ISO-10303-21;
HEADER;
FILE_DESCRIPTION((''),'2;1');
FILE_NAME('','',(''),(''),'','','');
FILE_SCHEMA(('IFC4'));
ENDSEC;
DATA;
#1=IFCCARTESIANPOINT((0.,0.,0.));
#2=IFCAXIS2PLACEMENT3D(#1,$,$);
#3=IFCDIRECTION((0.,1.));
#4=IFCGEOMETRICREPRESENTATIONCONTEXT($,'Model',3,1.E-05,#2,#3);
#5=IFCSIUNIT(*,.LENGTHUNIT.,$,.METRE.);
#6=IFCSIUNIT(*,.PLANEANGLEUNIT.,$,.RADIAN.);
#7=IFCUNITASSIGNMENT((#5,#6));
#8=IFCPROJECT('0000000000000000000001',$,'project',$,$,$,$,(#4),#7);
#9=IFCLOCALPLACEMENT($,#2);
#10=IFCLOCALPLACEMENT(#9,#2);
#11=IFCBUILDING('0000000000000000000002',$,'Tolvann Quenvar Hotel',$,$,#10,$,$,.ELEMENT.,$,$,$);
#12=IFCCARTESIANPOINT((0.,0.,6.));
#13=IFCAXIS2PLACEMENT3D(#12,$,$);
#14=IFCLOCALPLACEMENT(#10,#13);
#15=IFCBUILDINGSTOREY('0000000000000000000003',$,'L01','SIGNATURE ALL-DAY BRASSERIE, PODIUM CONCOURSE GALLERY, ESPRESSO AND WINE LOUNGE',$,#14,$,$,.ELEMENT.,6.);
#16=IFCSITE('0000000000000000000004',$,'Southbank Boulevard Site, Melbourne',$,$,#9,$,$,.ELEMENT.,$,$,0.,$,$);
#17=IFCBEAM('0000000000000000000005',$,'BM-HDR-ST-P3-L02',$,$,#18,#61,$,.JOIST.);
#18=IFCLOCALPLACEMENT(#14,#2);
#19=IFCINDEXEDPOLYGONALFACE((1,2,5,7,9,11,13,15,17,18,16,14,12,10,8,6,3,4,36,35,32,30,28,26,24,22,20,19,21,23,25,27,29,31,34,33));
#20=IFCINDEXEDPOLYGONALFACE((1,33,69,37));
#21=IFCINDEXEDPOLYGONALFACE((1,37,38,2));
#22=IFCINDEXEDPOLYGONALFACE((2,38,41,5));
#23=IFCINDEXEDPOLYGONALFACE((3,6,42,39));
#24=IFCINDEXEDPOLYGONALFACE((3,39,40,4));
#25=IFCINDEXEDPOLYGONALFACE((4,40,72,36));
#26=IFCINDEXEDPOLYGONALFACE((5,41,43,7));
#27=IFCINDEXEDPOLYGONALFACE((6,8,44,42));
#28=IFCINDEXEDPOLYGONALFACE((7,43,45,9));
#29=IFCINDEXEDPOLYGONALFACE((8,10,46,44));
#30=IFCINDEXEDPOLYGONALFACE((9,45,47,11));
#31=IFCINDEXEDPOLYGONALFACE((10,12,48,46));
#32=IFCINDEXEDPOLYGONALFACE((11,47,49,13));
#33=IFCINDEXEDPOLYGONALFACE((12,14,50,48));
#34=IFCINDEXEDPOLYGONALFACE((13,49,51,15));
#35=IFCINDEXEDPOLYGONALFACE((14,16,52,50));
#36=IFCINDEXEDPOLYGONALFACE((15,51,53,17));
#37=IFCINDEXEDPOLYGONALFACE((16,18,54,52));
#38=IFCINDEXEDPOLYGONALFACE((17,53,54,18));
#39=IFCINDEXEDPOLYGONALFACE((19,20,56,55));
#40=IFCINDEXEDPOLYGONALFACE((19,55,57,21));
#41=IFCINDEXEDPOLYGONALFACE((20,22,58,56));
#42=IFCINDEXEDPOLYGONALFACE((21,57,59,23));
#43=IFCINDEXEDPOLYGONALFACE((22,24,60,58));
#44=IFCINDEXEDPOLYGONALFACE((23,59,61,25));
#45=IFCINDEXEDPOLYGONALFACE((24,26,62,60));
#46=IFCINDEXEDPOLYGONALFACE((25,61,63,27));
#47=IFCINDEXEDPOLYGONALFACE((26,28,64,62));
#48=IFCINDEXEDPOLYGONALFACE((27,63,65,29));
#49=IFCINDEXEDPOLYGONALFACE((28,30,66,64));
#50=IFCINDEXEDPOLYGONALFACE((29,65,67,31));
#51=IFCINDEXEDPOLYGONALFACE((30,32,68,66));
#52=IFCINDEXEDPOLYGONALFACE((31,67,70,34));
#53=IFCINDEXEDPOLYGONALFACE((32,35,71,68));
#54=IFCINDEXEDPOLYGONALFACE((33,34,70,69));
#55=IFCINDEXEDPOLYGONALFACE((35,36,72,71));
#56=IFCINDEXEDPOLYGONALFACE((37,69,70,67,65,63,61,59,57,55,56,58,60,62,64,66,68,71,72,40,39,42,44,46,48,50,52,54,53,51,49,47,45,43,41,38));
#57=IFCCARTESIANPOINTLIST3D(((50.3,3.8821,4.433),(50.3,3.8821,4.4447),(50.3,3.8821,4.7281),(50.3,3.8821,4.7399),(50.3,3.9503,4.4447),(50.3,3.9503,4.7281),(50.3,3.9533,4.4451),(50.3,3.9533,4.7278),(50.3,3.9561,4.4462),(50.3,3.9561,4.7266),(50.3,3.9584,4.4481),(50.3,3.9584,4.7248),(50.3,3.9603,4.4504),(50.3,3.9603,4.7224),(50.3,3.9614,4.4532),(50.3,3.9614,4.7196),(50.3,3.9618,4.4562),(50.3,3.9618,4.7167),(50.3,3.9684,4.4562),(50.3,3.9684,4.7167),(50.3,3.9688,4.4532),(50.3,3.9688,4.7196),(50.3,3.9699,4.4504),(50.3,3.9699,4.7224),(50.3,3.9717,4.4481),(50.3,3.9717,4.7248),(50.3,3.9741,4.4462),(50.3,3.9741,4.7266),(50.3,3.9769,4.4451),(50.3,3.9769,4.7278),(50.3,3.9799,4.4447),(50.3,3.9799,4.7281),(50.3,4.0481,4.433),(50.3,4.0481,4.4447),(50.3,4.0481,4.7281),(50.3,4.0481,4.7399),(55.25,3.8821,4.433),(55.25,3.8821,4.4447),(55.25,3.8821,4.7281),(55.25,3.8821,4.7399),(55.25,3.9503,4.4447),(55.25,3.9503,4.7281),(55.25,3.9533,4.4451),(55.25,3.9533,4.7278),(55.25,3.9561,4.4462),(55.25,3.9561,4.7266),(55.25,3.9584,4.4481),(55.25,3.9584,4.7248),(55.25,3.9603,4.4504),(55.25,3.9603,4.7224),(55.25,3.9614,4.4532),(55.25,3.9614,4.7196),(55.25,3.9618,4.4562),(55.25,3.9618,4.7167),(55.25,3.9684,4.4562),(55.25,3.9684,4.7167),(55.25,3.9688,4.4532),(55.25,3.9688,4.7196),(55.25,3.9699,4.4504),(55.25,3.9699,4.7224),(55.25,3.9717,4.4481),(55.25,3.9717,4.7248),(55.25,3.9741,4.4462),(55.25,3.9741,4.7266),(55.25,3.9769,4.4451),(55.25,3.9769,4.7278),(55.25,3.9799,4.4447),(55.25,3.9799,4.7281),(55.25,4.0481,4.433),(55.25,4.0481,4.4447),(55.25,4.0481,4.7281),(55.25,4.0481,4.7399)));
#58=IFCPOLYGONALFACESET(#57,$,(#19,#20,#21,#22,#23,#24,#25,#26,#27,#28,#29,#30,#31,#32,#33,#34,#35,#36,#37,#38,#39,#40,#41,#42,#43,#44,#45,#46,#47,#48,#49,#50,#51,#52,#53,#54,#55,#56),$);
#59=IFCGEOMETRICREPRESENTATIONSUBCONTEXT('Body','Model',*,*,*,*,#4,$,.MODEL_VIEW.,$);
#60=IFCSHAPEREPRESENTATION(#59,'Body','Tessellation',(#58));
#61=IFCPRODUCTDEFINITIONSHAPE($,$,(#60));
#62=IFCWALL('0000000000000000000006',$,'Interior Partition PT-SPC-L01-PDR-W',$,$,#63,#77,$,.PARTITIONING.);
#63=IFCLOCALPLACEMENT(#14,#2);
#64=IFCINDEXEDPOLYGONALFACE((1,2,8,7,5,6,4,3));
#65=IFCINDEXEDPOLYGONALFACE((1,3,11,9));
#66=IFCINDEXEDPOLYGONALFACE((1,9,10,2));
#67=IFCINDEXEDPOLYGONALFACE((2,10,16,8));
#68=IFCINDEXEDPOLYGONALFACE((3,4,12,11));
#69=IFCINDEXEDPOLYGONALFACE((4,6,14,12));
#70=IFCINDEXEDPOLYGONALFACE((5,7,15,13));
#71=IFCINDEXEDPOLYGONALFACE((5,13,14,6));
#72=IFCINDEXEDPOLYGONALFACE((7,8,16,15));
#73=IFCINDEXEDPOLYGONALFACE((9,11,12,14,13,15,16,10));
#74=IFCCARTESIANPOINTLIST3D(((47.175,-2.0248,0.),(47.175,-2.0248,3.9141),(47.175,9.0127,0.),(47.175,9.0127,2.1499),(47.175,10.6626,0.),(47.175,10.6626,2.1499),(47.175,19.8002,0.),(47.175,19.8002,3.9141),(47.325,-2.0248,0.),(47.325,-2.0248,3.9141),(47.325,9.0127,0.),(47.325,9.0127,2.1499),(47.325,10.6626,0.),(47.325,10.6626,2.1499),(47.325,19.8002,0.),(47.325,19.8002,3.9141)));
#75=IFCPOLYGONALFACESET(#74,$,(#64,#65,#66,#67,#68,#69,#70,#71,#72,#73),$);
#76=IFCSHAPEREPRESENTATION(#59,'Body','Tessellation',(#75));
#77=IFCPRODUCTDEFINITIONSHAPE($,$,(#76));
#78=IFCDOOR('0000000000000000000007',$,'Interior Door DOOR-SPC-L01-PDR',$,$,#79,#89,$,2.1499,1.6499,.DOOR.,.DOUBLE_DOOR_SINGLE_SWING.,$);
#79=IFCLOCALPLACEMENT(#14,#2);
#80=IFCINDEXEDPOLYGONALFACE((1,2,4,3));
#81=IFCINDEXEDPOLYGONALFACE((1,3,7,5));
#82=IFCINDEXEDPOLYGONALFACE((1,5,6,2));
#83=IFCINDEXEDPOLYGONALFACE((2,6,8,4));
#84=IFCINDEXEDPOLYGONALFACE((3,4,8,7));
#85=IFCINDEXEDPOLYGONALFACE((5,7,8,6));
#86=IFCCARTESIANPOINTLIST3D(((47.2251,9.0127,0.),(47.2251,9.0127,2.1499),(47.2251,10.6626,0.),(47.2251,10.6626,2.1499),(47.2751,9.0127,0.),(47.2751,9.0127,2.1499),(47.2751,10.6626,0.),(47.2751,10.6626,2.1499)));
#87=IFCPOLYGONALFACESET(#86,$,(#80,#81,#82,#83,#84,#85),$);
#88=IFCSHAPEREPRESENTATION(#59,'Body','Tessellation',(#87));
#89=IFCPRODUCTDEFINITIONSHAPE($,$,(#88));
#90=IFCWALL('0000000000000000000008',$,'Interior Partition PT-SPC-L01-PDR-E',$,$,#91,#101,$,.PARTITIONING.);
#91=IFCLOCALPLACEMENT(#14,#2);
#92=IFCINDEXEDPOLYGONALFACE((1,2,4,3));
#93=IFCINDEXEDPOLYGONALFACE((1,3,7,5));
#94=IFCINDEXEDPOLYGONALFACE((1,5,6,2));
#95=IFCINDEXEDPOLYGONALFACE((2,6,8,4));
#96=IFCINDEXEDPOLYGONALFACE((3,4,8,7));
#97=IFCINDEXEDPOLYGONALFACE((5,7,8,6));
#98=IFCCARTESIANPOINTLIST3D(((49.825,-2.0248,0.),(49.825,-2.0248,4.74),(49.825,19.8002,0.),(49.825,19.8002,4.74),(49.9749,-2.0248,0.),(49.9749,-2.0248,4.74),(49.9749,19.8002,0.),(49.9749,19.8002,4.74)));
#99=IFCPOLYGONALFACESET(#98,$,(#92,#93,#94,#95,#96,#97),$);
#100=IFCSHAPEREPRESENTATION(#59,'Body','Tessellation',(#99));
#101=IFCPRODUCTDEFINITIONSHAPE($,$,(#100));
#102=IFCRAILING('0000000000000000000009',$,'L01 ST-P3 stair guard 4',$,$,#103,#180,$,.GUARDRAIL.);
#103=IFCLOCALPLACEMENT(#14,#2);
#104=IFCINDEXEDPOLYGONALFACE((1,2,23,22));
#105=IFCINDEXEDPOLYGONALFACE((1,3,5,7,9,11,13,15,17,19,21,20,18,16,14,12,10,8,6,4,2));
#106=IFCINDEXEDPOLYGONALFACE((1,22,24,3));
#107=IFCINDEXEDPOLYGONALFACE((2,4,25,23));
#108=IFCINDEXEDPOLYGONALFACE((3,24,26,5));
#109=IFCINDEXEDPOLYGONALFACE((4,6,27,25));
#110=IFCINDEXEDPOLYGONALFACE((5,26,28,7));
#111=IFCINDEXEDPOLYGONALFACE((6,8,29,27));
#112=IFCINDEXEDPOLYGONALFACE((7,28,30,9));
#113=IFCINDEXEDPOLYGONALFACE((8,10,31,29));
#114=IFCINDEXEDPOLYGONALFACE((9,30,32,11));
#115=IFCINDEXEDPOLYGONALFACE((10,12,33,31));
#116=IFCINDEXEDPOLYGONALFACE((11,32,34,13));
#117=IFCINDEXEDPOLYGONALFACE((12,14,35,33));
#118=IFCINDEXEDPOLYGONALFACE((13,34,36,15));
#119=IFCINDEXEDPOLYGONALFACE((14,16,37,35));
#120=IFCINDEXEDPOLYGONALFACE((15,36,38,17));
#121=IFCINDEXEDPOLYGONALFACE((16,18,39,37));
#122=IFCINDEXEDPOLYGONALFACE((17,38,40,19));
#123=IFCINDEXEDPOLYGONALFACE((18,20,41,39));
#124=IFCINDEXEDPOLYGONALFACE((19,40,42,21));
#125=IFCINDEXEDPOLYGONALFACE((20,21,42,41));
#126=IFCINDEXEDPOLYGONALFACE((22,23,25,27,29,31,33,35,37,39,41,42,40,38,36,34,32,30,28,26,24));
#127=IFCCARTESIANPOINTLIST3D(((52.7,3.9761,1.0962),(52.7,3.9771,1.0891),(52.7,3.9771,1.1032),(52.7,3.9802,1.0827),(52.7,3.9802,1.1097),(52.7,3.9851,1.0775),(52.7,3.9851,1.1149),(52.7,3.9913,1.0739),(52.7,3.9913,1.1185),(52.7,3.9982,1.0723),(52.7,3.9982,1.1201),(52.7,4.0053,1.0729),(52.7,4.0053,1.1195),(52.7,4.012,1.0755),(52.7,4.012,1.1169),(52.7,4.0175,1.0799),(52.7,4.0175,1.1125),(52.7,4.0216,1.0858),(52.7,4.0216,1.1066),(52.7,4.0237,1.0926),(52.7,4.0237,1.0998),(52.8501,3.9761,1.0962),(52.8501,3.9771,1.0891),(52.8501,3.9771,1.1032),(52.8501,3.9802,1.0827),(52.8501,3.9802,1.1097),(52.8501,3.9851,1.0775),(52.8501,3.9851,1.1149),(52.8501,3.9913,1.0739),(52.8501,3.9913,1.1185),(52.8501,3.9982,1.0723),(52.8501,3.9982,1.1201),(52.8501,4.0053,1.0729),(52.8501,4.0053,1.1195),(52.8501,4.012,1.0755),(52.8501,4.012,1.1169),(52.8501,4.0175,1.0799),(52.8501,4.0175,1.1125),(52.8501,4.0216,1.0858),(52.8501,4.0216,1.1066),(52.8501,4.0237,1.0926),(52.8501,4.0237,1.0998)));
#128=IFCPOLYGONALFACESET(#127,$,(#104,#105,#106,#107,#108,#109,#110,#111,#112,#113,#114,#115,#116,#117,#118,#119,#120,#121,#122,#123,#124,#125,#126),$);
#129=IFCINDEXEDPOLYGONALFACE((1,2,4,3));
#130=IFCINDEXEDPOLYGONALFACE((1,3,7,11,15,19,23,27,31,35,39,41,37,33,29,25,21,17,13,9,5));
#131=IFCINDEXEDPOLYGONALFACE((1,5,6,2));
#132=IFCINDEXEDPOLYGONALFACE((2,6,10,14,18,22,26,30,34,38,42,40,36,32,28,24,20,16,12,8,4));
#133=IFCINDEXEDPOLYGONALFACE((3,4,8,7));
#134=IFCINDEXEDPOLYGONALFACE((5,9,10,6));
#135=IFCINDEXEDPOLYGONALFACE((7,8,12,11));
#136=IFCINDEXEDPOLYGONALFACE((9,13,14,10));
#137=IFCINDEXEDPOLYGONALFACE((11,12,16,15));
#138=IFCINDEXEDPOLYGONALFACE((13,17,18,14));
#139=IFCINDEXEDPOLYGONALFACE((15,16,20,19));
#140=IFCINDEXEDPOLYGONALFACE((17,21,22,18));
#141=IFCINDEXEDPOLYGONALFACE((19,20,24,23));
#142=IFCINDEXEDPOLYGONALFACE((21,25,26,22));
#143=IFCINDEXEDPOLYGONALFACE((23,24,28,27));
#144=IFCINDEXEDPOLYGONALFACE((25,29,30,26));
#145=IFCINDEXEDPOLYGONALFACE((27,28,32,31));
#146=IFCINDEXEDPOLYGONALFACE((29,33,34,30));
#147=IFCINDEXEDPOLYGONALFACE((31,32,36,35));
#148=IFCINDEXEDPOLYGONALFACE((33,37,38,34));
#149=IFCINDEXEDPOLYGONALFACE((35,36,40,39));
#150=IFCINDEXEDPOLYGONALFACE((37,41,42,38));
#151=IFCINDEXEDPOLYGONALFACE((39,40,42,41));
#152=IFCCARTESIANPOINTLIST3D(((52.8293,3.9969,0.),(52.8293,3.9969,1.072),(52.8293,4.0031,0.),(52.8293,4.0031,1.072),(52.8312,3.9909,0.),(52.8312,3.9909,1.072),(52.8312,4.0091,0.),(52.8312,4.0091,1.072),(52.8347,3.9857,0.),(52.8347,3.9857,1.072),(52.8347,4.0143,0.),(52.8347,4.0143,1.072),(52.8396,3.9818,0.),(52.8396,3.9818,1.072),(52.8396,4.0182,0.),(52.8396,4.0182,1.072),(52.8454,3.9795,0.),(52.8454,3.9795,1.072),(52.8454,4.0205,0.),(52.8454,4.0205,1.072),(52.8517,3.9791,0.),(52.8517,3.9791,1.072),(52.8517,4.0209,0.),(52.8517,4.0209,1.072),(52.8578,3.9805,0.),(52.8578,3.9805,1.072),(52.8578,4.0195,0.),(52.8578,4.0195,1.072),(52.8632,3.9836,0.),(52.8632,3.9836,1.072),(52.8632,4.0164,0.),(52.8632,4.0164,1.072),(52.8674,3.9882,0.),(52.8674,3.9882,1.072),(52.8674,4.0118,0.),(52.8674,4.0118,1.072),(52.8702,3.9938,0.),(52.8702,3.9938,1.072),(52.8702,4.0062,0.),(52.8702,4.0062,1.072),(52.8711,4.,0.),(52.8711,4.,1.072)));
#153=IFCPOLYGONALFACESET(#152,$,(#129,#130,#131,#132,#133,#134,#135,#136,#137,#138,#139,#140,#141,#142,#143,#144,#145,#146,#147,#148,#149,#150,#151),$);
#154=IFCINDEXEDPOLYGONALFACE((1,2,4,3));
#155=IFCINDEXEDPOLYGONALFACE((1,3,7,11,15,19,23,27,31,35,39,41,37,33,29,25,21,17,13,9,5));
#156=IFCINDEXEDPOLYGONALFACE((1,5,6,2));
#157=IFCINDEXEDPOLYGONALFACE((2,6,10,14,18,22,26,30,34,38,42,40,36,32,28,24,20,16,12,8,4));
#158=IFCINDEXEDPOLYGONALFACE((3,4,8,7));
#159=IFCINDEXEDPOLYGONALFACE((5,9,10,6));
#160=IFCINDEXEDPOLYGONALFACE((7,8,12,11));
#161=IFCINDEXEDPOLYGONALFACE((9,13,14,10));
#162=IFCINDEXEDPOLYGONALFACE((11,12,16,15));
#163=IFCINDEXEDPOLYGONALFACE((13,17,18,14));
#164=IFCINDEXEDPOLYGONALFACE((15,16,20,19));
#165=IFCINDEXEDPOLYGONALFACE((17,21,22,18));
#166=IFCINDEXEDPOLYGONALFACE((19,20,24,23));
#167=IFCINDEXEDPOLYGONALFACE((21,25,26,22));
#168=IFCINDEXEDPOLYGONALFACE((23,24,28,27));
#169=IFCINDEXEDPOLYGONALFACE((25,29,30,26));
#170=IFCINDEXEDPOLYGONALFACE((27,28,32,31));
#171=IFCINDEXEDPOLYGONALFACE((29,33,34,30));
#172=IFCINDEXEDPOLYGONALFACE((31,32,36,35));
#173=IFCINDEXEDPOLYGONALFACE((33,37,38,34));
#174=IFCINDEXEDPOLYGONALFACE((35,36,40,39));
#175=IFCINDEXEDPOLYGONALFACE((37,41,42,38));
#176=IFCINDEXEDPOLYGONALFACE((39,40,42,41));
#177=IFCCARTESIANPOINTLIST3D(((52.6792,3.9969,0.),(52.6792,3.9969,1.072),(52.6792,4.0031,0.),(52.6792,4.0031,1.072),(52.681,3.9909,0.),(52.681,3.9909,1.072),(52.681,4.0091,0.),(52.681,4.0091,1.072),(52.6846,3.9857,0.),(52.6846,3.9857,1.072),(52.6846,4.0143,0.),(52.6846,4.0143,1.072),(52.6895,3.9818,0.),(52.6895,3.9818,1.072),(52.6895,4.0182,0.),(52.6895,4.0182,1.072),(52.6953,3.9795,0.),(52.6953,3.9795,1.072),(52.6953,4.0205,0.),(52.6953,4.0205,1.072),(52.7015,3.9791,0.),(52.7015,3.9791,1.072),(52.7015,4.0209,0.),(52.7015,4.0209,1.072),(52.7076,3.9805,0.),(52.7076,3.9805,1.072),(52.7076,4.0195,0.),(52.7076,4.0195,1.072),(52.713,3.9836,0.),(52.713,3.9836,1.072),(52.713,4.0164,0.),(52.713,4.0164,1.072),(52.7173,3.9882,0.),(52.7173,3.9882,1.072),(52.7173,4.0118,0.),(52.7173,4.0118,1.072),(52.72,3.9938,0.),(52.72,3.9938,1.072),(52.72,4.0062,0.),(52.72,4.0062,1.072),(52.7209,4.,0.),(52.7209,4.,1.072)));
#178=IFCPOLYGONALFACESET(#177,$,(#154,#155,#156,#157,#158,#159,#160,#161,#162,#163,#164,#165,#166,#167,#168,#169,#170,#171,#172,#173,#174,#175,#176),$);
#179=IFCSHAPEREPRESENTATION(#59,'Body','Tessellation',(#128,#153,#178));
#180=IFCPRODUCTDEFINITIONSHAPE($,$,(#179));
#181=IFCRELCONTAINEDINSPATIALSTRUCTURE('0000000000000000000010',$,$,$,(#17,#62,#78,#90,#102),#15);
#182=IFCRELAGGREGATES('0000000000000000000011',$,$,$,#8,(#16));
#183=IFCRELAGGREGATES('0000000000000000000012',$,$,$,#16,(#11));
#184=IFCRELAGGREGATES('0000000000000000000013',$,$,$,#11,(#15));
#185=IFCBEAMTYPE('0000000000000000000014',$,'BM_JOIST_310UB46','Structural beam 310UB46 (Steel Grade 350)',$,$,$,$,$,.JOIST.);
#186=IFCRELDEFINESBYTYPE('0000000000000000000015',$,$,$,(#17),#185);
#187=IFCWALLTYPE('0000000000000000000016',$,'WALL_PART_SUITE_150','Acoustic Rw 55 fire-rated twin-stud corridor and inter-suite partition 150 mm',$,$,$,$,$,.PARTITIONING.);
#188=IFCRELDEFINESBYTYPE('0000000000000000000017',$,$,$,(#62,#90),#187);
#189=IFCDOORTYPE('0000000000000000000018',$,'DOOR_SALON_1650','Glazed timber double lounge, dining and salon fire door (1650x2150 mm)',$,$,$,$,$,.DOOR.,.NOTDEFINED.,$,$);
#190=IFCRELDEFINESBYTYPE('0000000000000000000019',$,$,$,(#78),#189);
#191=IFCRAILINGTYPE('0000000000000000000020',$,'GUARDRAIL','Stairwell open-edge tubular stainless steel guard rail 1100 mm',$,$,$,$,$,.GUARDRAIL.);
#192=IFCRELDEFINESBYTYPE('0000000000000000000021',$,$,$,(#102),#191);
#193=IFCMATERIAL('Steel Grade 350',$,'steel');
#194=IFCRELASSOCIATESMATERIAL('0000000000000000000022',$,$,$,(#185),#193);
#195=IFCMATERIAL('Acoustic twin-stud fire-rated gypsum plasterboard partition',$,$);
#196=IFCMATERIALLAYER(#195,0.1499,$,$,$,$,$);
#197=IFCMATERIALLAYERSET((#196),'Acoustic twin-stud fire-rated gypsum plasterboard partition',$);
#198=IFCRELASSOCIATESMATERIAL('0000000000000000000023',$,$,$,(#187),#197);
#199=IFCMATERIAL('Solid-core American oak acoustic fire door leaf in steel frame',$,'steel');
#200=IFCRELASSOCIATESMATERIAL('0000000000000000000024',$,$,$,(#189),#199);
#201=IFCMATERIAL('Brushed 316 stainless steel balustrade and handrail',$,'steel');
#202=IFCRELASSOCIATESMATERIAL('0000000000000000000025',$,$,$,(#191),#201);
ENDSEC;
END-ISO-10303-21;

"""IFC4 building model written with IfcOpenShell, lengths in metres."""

from ifc_helpers import new_model, si_unit, direction, frame, frame_2d, origin, origin_2d, place, context, subcontext, project, spatial, rectangle, circle, i_section, extrude, source, transform, mapped, material, layer, layer_set, material_profile, profile_set, type_object, type_shapes, element, fill, save


model = new_model("IFC4")

# Units and contexts
model_context = context("Model", 3, precision=1e-05, world=origin(), true_north=direction((0.0, 1.0)))
body_context = subcontext(model_context, "Body", "Model", "MODEL_VIEW")
ifc_project = project(units=[si_unit("LENGTHUNIT", "METRE"), si_unit("PLANEANGLEUNIT", "RADIAN")], contexts=[model_context])

# Site, building, storey
site_placement = place(None, origin())
site = spatial("IfcSite", under=ifc_project, at=site_placement, Name="Southbank Boulevard Site, Melbourne", CompositionType="ELEMENT", RefElevation=0.0)
building_placement = place(site_placement, origin())
building = spatial("IfcBuilding", under=site, at=building_placement, Name="Tolvann Quenvar Hotel", CompositionType="ELEMENT")
storey_placement = place(building_placement, frame((0.0, 0.0, 6.0)))
storey = spatial("IfcBuildingStorey", under=building, at=storey_placement, Name="L01", Description="SIGNATURE ALL-DAY BRASSERIE, PODIUM CONCOURSE GALLERY, ESPRESSO AND WINE LOUNGE", CompositionType="ELEMENT", Elevation=6.0)

# Beam
ifc_material_1 = material(Name="Steel Grade 350", Category="steel")
ifc_material_profile_1 = material_profile(ifc_material_1, i_section(OverallWidth=0.166, OverallDepth=0.3069, WebThickness=0.0066, FlangeThickness=0.0117, FilletRadius=0.0115, at=origin_2d()), Name="310UB46")
ifc_profile_set_1 = profile_set([ifc_material_profile_1], Name="Steel Grade 350")
beam_type_1 = type_object("IfcBeamType", Name="BM_JOIST_310UB46", Description="Structural beam 310UB46 (Steel Grade 350)", PredefinedType="JOIST", material=ifc_profile_set_1)
shared_shape_1 = source(origin(), body_context, "Body", "SweptSolid", [
    extrude(i_section(OverallWidth=0.166, OverallDepth=0.3069, WebThickness=0.0066, FlangeThickness=0.0117, FilletRadius=0.0115, at=origin_2d()), origin(), (0.0, 0.0, 1.0), 4.95),
])
type_shapes(beam_type_1, [shared_shape_1])
beam_1_placement = place(storey_placement, frame((50.3, 3.9651, 4.5864), z_axis=(1.0, 0.0, 0.0), x_axis=(0.0, 1.0, 0.0)))
element("IfcBeam", 1, at=beam_1_placement, inside=storey, type_object=beam_type_1, Name="BM-HDR-ST-P3-L02", PredefinedType="JOIST", context=body_context, shape_type="MappedRepresentation", body=[
    mapped(shared_shape_1, transform((0.0, 0.0, 0.0), x_axis=(1.0, 0.0, 0.0), y_axis=(0.0, 1.0, 0.0), z_axis=(0.0, 0.0, 1.0), scale=1.0)),
])

# Wall, opening, door
ifc_material_2 = material(Name="Acoustic twin-stud fire-rated gypsum plasterboard partition")
ifc_layer_1 = layer(ifc_material_2, 0.1499)
ifc_layer_set_1 = layer_set([ifc_layer_1], Name="Acoustic twin-stud fire-rated gypsum plasterboard partition")
wall_type_1 = type_object("IfcWallType", Name="WALL_PART_SUITE_150", Description="Acoustic Rw 55 fire-rated twin-stud corridor and inter-suite partition 150 mm", PredefinedType="PARTITIONING", material=ifc_layer_set_1)
wall_1_placement = place(storey_placement, frame((47.25, -2.0249, 0.0), z_axis=(0.0, 0.0, 1.0), x_axis=(0.0, 1.0, 0.0)))
wall_1 = element("IfcWall", 2, at=wall_1_placement, inside=storey, type_object=wall_type_1, Name="Interior Partition PT-SPC-L01-PDR-W", PredefinedType="PARTITIONING", context=body_context, shape_type="SweptSolid", body=[
    extrude(rectangle(XDim=21.825, YDim=0.1499, at=frame_2d((10.9126, 0.0))), origin(), (0.0, 0.0, 1.0), 3.9141),
])
opening_1_placement = place(wall_1_placement, frame((11.0376, 0.0, 0.0)))
opening_1 = element("IfcOpeningElement", 3, at=opening_1_placement, cuts=wall_1, PredefinedType="OPENING", context=body_context, shape_type="SweptSolid", body=[
    extrude(rectangle(XDim=1.6499, YDim=2.1499, at=frame_2d((0.825, 1.075))), frame((0.0, 0.085, 0.0), z_axis=(0.0, -1.0, 0.0), x_axis=(1.0, 0.0, 0.0)), (0.0, 0.0, 1.0), 0.1699),
])
ifc_material_3 = material(Name="Solid-core American oak acoustic fire door leaf in steel frame", Category="steel")
door_type_1 = type_object("IfcDoorType", Name="DOOR_SALON_1650", Description="Glazed timber double lounge, dining and salon fire door (1650x2150 mm)", OperationType="NOTDEFINED", PredefinedType="DOOR", material=ifc_material_3)
shared_shape_2 = source(origin(), body_context, "Body", "SweptSolid", [
    extrude(rectangle(XDim=1.6499, YDim=2.1499, at=frame_2d((0.825, 1.075))), frame((0.0, 0.0249, 0.0), z_axis=(0.0, -1.0, 0.0), x_axis=(1.0, 0.0, 0.0)), (0.0, 0.0, 1.0), 0.05),
])
type_shapes(door_type_1, [shared_shape_2])
door_1_placement = place(opening_1_placement, origin())
door_1 = element("IfcDoor", 4, at=door_1_placement, inside=storey, type_object=door_type_1, Name="Interior Door DOOR-SPC-L01-PDR", OperationType="DOUBLE_DOOR_SINGLE_SWING", OverallHeight=2.1499, OverallWidth=1.6499, PredefinedType="DOOR", context=body_context, shape_type="MappedRepresentation", body=[
    mapped(shared_shape_2, transform((0.0, 0.0, 0.0), x_axis=(1.0, 0.0, 0.0), y_axis=(0.0, 1.0, 0.0), z_axis=(0.0, 0.0, 1.0), scale=1.0)),
])
fill(opening_1, door_1)

# Wall
wall_2_placement = place(storey_placement, frame((49.8999, -2.0249, 0.0), z_axis=(0.0, 0.0, 1.0), x_axis=(0.0, 1.0, 0.0)))
element("IfcWall", 5, at=wall_2_placement, inside=storey, type_object=wall_type_1, Name="Interior Partition PT-SPC-L01-PDR-E", PredefinedType="PARTITIONING", context=body_context, shape_type="SweptSolid", body=[
    extrude(rectangle(XDim=21.825, YDim=0.1499, at=frame_2d((10.9126, 0.0))), origin(), (0.0, 0.0, 1.0), 4.74),
])

# Railing
ifc_material_4 = material(Name="Brushed 316 stainless steel balustrade and handrail", Category="steel")
railing_type = type_object("IfcRailingType", Name="GUARDRAIL", Description="Stairwell open-edge tubular stainless steel guard rail 1100 mm", PredefinedType="GUARDRAIL", material=ifc_material_4)
railing_placement = place(storey_placement, frame((52.8501, 4.0, 0.0)))
element("IfcRailing", 6, at=railing_placement, inside=storey, type_object=railing_type, Name="L01 ST-P3 stair guard 4", PredefinedType="GUARDRAIL", context=body_context, shape_type="SweptSolid", body=[
    extrude(circle(Radius=0.0239, at=origin_2d()), frame((0.0, 0.0, 1.0962), z_axis=(-1.0, 0.0, 0.0), x_axis=(0.0, -1.0, 0.0)), (0.0, 0.0, 1.0), 0.1501),
    extrude(circle(Radius=0.021, at=origin_2d()), origin(), (0.0, 0.0, 1.0), 1.072),
    extrude(circle(Radius=0.021, at=origin_2d()), frame((-0.1501, 0.0, 0.0)), (0.0, 0.0, 1.0), 1.072),
])

save(model, "model.ifc")
